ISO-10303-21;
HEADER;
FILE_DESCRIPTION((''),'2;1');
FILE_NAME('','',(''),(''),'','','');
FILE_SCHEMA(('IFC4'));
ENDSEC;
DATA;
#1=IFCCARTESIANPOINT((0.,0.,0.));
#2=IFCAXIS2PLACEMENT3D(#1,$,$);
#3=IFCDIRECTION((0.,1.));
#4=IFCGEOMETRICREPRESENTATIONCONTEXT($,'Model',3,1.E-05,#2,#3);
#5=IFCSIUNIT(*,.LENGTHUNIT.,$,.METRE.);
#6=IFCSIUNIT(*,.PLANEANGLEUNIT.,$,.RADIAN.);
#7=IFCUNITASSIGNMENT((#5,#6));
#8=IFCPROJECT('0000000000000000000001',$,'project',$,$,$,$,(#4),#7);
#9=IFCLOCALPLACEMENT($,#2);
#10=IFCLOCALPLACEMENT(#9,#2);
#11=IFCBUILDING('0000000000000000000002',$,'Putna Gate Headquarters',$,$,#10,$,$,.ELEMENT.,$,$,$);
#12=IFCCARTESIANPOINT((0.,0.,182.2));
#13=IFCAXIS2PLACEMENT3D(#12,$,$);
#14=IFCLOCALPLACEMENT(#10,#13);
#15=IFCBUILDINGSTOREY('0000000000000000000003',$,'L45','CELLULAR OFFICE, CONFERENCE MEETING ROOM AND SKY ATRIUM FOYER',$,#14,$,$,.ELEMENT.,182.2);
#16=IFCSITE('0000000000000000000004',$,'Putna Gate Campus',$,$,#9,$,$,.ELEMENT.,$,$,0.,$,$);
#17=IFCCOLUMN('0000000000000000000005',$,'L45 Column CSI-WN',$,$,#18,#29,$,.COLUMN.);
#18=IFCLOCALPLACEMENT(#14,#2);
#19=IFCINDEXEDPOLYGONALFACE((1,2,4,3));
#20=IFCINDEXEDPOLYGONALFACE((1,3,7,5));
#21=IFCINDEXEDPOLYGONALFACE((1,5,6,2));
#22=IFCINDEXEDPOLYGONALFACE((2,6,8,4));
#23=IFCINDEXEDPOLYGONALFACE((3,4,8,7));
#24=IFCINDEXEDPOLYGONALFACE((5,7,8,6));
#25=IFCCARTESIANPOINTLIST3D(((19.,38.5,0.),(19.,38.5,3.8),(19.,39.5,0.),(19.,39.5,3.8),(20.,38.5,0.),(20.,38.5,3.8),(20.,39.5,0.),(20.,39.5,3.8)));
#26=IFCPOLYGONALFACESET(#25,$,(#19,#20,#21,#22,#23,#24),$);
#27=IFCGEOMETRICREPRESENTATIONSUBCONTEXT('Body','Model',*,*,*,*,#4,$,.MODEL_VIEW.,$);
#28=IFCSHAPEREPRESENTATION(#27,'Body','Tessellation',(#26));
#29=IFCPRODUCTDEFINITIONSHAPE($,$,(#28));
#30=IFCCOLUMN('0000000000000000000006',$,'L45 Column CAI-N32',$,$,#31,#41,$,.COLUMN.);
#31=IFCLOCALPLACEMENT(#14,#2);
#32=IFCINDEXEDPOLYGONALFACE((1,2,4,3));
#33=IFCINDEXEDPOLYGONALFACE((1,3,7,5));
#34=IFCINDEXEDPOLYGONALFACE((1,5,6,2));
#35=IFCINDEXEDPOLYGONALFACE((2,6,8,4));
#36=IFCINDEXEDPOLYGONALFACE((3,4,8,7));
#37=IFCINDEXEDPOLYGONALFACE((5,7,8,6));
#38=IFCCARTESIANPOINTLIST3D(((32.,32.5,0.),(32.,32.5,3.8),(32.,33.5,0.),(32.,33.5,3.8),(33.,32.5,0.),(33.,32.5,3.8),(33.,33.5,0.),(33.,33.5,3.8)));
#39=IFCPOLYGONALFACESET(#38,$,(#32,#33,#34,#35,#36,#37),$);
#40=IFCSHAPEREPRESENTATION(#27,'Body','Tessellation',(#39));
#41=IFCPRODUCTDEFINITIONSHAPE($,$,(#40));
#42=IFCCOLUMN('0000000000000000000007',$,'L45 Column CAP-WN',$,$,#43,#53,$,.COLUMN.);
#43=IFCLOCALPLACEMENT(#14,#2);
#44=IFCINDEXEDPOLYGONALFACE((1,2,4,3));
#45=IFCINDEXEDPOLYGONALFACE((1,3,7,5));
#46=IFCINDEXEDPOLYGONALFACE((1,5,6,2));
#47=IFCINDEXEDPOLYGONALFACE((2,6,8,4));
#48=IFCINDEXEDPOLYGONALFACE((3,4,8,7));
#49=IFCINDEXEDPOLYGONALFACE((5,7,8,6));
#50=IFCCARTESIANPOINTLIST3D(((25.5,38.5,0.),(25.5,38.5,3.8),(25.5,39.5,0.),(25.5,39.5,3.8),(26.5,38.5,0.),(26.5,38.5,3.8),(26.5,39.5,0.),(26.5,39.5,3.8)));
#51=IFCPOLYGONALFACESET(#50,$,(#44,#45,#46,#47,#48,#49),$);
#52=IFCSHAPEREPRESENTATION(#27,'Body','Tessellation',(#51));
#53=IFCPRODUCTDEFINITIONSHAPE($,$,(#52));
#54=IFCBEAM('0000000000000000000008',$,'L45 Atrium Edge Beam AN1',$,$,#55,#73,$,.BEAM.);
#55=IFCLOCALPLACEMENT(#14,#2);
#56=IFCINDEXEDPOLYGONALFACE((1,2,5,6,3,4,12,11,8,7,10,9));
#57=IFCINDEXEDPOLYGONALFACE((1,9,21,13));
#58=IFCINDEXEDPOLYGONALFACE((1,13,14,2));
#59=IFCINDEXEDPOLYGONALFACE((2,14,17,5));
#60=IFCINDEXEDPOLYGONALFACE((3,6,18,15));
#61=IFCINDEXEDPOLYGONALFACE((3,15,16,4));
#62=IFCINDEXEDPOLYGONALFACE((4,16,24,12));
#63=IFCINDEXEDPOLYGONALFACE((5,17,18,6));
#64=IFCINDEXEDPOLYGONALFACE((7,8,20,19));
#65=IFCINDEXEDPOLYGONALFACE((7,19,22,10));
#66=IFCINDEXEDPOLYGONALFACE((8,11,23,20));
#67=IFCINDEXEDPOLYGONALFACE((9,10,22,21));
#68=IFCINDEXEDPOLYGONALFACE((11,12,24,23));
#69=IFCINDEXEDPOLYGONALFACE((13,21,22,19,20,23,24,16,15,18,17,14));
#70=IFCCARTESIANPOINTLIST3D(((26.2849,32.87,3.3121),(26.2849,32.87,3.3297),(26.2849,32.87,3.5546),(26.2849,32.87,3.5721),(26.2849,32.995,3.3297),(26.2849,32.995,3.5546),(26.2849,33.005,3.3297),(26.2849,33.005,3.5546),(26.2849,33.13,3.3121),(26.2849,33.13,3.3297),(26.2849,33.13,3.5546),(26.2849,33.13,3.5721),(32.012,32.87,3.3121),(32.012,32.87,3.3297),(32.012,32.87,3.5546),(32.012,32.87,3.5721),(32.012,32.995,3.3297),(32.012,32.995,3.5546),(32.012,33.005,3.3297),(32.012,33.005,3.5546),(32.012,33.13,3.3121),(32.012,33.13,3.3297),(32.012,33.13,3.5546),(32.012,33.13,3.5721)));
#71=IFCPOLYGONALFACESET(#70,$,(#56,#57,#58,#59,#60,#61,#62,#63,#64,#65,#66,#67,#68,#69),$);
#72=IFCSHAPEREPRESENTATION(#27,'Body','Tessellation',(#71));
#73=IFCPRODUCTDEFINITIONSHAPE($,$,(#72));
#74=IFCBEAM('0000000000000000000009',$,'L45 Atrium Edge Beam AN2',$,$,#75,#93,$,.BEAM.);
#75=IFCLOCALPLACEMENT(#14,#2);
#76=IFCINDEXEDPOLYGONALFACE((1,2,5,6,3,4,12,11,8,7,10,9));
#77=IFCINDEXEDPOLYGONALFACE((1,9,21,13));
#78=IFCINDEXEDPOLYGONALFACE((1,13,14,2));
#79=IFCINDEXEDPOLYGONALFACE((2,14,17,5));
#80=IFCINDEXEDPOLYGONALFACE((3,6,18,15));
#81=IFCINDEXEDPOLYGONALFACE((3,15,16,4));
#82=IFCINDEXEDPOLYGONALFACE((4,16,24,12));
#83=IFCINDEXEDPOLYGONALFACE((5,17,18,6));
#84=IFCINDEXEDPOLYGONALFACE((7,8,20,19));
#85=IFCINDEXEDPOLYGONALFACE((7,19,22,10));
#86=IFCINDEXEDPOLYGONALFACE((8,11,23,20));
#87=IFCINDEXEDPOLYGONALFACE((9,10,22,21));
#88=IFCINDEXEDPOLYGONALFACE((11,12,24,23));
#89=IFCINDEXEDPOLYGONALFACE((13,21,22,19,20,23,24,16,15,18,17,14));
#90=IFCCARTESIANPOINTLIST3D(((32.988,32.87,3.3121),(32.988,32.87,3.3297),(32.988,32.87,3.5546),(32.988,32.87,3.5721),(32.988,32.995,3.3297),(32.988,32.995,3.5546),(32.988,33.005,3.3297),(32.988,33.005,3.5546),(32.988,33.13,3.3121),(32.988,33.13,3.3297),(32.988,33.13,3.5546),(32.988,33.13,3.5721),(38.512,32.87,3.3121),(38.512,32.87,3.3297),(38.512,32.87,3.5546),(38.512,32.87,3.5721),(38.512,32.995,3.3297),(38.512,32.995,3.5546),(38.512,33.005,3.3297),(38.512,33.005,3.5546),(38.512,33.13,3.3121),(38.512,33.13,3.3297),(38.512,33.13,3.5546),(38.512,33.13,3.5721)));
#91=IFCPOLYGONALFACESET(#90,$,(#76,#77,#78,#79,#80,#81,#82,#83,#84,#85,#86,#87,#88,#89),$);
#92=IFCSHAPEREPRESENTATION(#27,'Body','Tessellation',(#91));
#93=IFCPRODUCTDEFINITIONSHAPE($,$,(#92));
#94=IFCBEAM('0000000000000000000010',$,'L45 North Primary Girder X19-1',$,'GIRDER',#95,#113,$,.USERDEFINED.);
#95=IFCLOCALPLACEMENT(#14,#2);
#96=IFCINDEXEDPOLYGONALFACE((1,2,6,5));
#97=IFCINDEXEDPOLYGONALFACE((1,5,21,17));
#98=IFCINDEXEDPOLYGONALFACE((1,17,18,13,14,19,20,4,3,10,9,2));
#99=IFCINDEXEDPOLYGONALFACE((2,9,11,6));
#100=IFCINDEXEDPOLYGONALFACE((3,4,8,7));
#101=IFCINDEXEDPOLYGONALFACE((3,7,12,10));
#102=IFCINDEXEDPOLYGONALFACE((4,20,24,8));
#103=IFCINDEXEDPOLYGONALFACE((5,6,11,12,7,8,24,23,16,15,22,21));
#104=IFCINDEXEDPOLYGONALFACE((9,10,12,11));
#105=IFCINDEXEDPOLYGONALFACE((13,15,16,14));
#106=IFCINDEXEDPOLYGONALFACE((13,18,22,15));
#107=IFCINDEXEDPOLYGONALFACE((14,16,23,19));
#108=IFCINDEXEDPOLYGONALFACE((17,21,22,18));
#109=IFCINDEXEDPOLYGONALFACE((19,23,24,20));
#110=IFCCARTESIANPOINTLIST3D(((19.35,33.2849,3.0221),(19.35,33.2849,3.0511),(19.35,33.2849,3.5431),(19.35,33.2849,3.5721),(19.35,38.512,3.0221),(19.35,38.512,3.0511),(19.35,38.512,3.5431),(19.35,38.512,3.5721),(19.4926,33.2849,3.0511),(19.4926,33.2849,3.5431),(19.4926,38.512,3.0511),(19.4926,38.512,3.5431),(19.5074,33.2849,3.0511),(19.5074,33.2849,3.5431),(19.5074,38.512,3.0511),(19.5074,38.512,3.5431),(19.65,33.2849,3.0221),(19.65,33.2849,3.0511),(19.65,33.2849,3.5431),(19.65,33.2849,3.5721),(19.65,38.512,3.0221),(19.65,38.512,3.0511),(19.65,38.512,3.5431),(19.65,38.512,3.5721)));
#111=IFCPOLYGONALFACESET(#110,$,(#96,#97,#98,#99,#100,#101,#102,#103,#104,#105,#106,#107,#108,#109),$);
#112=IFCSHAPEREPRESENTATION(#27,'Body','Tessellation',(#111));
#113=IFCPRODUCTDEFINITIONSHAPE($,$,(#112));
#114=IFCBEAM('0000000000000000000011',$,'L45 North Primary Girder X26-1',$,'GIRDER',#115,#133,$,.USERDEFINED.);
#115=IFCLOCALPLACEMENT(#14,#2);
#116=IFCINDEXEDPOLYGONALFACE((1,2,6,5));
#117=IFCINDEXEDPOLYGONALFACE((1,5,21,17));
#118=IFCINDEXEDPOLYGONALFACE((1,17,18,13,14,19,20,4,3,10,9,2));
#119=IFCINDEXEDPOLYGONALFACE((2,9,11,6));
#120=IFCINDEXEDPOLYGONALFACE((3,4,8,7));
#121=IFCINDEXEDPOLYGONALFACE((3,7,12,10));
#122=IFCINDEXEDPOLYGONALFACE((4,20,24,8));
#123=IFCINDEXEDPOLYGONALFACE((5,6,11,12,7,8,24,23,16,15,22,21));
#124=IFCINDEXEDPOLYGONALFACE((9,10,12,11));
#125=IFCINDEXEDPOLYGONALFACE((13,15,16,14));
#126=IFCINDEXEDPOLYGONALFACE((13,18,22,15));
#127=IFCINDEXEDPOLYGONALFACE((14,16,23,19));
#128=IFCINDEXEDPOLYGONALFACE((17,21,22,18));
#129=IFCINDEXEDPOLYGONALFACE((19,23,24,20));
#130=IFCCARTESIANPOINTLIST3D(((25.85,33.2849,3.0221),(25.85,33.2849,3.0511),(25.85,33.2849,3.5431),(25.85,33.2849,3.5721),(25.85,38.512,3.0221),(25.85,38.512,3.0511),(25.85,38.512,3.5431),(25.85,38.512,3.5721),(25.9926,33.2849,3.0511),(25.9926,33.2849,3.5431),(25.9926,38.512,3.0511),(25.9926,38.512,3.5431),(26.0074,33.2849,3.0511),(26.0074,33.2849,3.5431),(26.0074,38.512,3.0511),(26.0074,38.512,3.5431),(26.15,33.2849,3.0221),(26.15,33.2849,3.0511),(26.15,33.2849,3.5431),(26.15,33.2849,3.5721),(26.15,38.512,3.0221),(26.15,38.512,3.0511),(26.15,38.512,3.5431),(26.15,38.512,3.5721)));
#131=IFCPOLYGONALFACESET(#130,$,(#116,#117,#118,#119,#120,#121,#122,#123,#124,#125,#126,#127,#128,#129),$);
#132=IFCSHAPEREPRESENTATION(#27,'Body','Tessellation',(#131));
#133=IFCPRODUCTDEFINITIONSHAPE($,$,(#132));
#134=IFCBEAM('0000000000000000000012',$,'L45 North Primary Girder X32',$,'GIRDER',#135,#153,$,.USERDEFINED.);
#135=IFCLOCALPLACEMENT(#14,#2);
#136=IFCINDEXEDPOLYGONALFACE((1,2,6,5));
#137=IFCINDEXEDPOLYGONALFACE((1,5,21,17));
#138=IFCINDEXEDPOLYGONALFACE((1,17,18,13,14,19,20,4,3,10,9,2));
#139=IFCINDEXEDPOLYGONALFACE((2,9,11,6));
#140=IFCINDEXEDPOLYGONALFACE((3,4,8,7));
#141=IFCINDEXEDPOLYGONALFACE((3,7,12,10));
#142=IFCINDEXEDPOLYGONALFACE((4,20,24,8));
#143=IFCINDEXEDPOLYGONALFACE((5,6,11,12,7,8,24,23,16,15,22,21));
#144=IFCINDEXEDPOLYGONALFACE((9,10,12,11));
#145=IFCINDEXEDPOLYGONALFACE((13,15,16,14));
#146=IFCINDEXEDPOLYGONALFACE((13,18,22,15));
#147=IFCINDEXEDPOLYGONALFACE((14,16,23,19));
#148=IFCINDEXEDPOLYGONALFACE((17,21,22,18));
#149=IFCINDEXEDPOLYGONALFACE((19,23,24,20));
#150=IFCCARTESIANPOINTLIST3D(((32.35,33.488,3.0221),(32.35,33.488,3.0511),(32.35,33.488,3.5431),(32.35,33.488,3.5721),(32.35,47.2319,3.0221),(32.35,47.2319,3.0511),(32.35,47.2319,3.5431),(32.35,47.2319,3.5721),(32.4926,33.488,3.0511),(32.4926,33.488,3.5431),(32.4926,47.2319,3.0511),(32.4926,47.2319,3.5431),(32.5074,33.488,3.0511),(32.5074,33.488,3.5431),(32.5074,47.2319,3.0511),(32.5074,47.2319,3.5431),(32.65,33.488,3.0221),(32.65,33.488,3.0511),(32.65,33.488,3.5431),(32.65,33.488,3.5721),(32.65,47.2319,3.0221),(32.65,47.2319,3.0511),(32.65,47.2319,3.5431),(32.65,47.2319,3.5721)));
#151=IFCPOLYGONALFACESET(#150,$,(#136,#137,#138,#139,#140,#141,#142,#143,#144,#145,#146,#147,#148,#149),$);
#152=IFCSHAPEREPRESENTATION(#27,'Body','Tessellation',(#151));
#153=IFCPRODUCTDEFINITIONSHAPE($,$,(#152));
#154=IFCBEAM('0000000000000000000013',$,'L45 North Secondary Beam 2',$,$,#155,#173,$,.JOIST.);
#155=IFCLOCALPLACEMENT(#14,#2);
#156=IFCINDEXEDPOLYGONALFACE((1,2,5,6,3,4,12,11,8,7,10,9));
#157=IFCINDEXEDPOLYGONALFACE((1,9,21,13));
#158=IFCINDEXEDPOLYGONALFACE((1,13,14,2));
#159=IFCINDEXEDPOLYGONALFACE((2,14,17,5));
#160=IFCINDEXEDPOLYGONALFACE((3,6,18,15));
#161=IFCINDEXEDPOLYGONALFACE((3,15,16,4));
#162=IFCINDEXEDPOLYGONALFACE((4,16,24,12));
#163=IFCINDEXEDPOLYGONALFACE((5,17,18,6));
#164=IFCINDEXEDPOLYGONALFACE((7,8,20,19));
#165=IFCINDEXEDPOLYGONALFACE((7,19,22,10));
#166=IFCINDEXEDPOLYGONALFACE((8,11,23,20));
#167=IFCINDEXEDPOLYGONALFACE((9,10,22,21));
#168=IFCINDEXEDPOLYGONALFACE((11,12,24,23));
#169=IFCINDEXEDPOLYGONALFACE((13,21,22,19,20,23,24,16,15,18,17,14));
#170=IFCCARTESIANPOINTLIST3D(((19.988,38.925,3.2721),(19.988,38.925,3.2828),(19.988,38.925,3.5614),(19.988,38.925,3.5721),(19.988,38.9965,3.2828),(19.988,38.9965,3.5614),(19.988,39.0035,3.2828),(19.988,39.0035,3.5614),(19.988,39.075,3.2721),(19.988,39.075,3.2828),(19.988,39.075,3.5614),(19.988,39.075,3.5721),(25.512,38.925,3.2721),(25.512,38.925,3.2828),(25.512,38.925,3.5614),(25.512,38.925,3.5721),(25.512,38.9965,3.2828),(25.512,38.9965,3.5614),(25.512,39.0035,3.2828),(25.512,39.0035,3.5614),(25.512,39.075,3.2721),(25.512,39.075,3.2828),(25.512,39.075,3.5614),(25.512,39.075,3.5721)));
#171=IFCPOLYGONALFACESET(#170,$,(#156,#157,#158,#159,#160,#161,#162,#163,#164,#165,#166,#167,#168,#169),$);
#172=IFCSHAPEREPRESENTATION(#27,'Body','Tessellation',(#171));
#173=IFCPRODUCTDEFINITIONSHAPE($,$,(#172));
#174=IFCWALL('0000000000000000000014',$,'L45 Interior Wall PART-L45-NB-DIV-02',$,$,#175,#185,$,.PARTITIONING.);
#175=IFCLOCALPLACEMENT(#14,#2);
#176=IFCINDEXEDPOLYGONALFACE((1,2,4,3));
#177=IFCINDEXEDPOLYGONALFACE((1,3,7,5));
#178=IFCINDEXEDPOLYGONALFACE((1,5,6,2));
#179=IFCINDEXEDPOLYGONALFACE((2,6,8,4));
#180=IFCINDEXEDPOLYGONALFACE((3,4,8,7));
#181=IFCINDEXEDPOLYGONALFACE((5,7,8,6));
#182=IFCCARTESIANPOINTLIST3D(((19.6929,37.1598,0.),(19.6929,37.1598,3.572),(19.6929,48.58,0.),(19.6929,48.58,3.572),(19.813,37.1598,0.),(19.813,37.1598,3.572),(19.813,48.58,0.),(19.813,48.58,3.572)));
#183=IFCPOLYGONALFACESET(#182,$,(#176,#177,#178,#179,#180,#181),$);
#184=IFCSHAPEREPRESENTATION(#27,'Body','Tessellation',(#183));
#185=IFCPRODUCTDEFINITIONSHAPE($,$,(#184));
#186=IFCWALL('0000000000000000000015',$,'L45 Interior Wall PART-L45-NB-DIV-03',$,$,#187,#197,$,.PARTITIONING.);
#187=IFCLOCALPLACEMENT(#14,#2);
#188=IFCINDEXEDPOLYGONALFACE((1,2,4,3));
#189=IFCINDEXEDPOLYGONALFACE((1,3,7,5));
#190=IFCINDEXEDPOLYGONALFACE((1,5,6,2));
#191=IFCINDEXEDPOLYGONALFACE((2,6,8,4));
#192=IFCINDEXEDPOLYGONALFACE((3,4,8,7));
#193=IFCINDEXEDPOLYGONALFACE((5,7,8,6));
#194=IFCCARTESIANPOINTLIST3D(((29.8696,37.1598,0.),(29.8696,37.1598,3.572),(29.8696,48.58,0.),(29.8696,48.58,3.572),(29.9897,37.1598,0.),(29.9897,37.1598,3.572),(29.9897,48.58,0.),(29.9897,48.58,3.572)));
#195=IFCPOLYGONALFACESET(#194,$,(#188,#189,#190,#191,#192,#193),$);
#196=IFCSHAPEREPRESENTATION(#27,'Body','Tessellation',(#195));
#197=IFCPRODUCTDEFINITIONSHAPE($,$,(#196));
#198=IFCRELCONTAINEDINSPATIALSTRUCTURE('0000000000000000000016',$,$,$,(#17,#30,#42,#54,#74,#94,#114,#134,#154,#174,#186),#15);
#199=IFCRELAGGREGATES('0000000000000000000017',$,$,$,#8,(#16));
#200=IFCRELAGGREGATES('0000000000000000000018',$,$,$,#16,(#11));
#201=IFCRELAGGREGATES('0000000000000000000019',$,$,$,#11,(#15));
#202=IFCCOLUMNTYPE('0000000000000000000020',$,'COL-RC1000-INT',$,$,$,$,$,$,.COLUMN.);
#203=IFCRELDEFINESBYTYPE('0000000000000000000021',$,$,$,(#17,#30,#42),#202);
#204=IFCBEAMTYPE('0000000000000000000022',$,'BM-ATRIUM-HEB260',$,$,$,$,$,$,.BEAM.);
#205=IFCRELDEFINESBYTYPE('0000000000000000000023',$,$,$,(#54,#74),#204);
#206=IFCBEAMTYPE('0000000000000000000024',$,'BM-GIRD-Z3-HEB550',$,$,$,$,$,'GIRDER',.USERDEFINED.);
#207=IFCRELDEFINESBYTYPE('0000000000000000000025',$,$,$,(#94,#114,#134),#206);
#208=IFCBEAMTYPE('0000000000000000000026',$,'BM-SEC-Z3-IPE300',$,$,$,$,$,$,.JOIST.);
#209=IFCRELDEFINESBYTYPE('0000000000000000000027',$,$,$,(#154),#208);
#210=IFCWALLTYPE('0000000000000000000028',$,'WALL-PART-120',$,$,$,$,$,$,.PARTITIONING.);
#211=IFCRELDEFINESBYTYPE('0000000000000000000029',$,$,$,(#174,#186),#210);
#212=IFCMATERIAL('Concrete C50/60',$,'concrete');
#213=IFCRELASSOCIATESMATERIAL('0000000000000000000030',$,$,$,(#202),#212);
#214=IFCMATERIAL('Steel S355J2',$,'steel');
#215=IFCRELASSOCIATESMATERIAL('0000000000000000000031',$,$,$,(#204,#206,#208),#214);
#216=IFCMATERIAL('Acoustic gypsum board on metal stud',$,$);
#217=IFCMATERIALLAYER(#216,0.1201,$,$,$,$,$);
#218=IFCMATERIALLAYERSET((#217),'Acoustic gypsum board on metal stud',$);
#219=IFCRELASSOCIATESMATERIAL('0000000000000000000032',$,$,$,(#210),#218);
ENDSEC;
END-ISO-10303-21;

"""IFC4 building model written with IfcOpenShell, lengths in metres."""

from ifc_helpers import new_model, si_unit, direction, frame, frame_2d, origin, origin_2d, place, context, subcontext, project, spatial, rectangle, i_section, extrude, material, layer, layer_set, material_profile, profile_set, type_object, element, save


model = new_model("IFC4")

# Units and contexts
model_context = context("Model", 3, precision=1e-05, world=origin(), true_north=direction((0.0, 1.0)))
body_context = subcontext(model_context, "Body", "Model", "MODEL_VIEW")
ifc_project = project(units=[si_unit("LENGTHUNIT", "METRE"), si_unit("PLANEANGLEUNIT", "RADIAN")], contexts=[model_context])

# Site, building, storey
site_placement = place(None, origin())
site = spatial("IfcSite", under=ifc_project, at=site_placement, Name="Putna Gate Campus", CompositionType="ELEMENT", RefElevation=0.0)
building_placement = place(site_placement, origin())
building = spatial("IfcBuilding", under=site, at=building_placement, Name="Putna Gate Headquarters", CompositionType="ELEMENT")
storey_placement = place(building_placement, frame((0.0, 0.0, 182.2)))
storey = spatial("IfcBuildingStorey", under=building, at=storey_placement, Name="L45", Description="CELLULAR OFFICE, CONFERENCE MEETING ROOM AND SKY ATRIUM FOYER", CompositionType="ELEMENT", Elevation=182.2)

# Columns
ifc_material_1 = material(Name="Concrete C50/60", Category="concrete")
ifc_material_profile_1 = material_profile(ifc_material_1, rectangle(XDim=1.0, YDim=1.0, at=origin_2d()), Name="Concrete C50/60")
ifc_profile_set_1 = profile_set([ifc_material_profile_1], Name="Concrete C50/60")
column_type = type_object("IfcColumnType", Name="COL-RC1000-INT", PredefinedType="COLUMN", material=ifc_profile_set_1)
for number, where, z_axis, x_axis, name in (
    (1, (19.5, 39.0, 0.0), (0.0, 0.0, 1.0), (1.0, 0.0, 0.0), "L45 Column CSI-WN"),
    (2, (32.5, 33.0, 0.0), (0.0, 0.0, 1.0), (1.0, 0.0, 0.0), "L45 Column CAI-N32"),
    (3, (26.0, 39.0, 0.0), (0.0, 0.0, 1.0), (1.0, 0.0, 0.0), "L45 Column CAP-WN"),
):
    element("IfcColumn", number, at=place(storey_placement, frame(where, z_axis=z_axis, x_axis=x_axis)), inside=storey, type_object=column_type, Name=name, PredefinedType="COLUMN", context=body_context, shape_type="SweptSolid", body=[
        extrude(rectangle(XDim=1.0, YDim=1.0, at=origin_2d()), origin(), (0.0, 0.0, 1.0), 3.8),
    ])

# Beams
ifc_material_2 = material(Name="Steel S355J2", Category="steel")
ifc_material_profile_2 = material_profile(ifc_material_2, i_section(OverallWidth=0.26, OverallDepth=0.26, WebThickness=0.01, FlangeThickness=0.0176, at=origin_2d()), Name="Steel S355J2")
ifc_profile_set_2 = profile_set([ifc_material_profile_2], Name="Steel S355J2")
beam_type_1 = type_object("IfcBeamType", Name="BM-ATRIUM-HEB260", PredefinedType="BEAM", material=ifc_profile_set_2)
beam_1_placement = place(storey_placement, frame((26.2849, 33.0, 3.4421), z_axis=(1.0, 0.0, 0.0), x_axis=(0.0, 1.0, 0.0)))
element("IfcBeam", 4, at=beam_1_placement, inside=storey, type_object=beam_type_1, Name="L45 Atrium Edge Beam AN1", PredefinedType="BEAM", context=body_context, shape_type="SweptSolid", body=[
    extrude(i_section(OverallWidth=0.26, OverallDepth=0.26, WebThickness=0.01, FlangeThickness=0.0176, at=origin_2d()), origin(), (0.0, 0.0, 1.0), 5.7271),
])
beam_2_placement = place(storey_placement, frame((32.988, 33.0, 3.4421), z_axis=(1.0, 0.0, 0.0), x_axis=(0.0, 1.0, 0.0)))
element("IfcBeam", 5, at=beam_2_placement, inside=storey, type_object=beam_type_1, Name="L45 Atrium Edge Beam AN2", PredefinedType="BEAM", context=body_context, shape_type="SweptSolid", body=[
    extrude(i_section(OverallWidth=0.26, OverallDepth=0.26, WebThickness=0.01, FlangeThickness=0.0176, at=origin_2d()), origin(), (0.0, 0.0, 1.0), 5.5239),
])
ifc_material_profile_3 = material_profile(ifc_material_2, i_section(OverallWidth=0.3, OverallDepth=0.55, WebThickness=0.0149, FlangeThickness=0.0291, at=origin_2d()), Name="Steel S355J2")
ifc_profile_set_3 = profile_set([ifc_material_profile_3], Name="Steel S355J2")
beam_type_2 = type_object("IfcBeamType", Name="BM-GIRD-Z3-HEB550", ElementType="GIRDER", PredefinedType="USERDEFINED", material=ifc_profile_set_3)
for number, where, z_axis, x_axis, name in (
    (6, (19.5, 33.2849, 3.2971), (0.0, 1.0, 0.0), (-1.0, 0.0, 0.0), "L45 North Primary Girder X19-1"),
    (7, (26.0, 33.2849, 3.2971), (0.0, 1.0, 0.0), (-1.0, 0.0, 0.0), "L45 North Primary Girder X26-1"),
):
    element("IfcBeam", number, at=place(storey_placement, frame(where, z_axis=z_axis, x_axis=x_axis)), inside=storey, type_object=beam_type_2, Name=name, ObjectType="GIRDER", PredefinedType="USERDEFINED", context=body_context, shape_type="SweptSolid", body=[
        extrude(i_section(OverallWidth=0.3, OverallDepth=0.55, WebThickness=0.0149, FlangeThickness=0.0291, at=origin_2d()), origin(), (0.0, 0.0, 1.0), 5.2271),
    ])
beam_3_placement = place(storey_placement, frame((32.5, 33.488, 3.2971), z_axis=(0.0, 1.0, 0.0), x_axis=(-1.0, 0.0, 0.0)))
element("IfcBeam", 8, at=beam_3_placement, inside=storey, type_object=beam_type_2, Name="L45 North Primary Girder X32", ObjectType="GIRDER", PredefinedType="USERDEFINED", context=body_context, shape_type="SweptSolid", body=[
    extrude(i_section(OverallWidth=0.3, OverallDepth=0.55, WebThickness=0.0149, FlangeThickness=0.0291, at=origin_2d()), origin(), (0.0, 0.0, 1.0), 13.7439),
])
ifc_material_profile_4 = material_profile(ifc_material_2, i_section(OverallWidth=0.1499, OverallDepth=0.3, WebThickness=0.0071, FlangeThickness=0.0107, at=origin_2d()), Name="Steel S355J2")
ifc_profile_set_4 = profile_set([ifc_material_profile_4], Name="Steel S355J2")
beam_type_3 = type_object("IfcBeamType", Name="BM-SEC-Z3-IPE300", PredefinedType="JOIST", material=ifc_profile_set_4)
beam_4_placement = place(storey_placement, frame((19.988, 39.0, 3.4221), z_axis=(1.0, 0.0, 0.0), x_axis=(0.0, 1.0, 0.0)))
element("IfcBeam", 9, at=beam_4_placement, inside=storey, type_object=beam_type_3, Name="L45 North Secondary Beam 2", PredefinedType="JOIST", context=body_context, shape_type="SweptSolid", body=[
    extrude(i_section(OverallWidth=0.1499, OverallDepth=0.3, WebThickness=0.0071, FlangeThickness=0.0107, at=origin_2d()), origin(), (0.0, 0.0, 1.0), 5.5239),
])

# Walls
ifc_material_3 = material(Name="Acoustic gypsum board on metal stud")
ifc_layer_1 = layer(ifc_material_3, 0.1201)
ifc_layer_set_1 = layer_set([ifc_layer_1], Name="Acoustic gypsum board on metal stud")
wall_type_1 = type_object("IfcWallType", Name="WALL-PART-120", PredefinedType="PARTITIONING", material=ifc_layer_set_1)
for number, where, z_axis, x_axis, name in (
    (10, (19.7529, 37.1599, 0.0), (0.0, 0.0, 1.0), (0.0, 1.0, 0.0), "L45 Interior Wall PART-L45-NB-DIV-02"),
    (11, (29.9297, 37.1599, 0.0), (0.0, 0.0, 1.0), (0.0, 1.0, 0.0), "L45 Interior Wall PART-L45-NB-DIV-03"),
):
    element("IfcWall", number, at=place(storey_placement, frame(where, z_axis=z_axis, x_axis=x_axis)), inside=storey, type_object=wall_type_1, Name=name, PredefinedType="PARTITIONING", context=body_context, shape_type="SweptSolid", body=[
        extrude(rectangle(XDim=11.4202, YDim=0.1201, at=frame_2d((5.71, 0.0))), origin(), (0.0, 0.0, 1.0), 3.572),
    ])

save(model, "model.ifc")
